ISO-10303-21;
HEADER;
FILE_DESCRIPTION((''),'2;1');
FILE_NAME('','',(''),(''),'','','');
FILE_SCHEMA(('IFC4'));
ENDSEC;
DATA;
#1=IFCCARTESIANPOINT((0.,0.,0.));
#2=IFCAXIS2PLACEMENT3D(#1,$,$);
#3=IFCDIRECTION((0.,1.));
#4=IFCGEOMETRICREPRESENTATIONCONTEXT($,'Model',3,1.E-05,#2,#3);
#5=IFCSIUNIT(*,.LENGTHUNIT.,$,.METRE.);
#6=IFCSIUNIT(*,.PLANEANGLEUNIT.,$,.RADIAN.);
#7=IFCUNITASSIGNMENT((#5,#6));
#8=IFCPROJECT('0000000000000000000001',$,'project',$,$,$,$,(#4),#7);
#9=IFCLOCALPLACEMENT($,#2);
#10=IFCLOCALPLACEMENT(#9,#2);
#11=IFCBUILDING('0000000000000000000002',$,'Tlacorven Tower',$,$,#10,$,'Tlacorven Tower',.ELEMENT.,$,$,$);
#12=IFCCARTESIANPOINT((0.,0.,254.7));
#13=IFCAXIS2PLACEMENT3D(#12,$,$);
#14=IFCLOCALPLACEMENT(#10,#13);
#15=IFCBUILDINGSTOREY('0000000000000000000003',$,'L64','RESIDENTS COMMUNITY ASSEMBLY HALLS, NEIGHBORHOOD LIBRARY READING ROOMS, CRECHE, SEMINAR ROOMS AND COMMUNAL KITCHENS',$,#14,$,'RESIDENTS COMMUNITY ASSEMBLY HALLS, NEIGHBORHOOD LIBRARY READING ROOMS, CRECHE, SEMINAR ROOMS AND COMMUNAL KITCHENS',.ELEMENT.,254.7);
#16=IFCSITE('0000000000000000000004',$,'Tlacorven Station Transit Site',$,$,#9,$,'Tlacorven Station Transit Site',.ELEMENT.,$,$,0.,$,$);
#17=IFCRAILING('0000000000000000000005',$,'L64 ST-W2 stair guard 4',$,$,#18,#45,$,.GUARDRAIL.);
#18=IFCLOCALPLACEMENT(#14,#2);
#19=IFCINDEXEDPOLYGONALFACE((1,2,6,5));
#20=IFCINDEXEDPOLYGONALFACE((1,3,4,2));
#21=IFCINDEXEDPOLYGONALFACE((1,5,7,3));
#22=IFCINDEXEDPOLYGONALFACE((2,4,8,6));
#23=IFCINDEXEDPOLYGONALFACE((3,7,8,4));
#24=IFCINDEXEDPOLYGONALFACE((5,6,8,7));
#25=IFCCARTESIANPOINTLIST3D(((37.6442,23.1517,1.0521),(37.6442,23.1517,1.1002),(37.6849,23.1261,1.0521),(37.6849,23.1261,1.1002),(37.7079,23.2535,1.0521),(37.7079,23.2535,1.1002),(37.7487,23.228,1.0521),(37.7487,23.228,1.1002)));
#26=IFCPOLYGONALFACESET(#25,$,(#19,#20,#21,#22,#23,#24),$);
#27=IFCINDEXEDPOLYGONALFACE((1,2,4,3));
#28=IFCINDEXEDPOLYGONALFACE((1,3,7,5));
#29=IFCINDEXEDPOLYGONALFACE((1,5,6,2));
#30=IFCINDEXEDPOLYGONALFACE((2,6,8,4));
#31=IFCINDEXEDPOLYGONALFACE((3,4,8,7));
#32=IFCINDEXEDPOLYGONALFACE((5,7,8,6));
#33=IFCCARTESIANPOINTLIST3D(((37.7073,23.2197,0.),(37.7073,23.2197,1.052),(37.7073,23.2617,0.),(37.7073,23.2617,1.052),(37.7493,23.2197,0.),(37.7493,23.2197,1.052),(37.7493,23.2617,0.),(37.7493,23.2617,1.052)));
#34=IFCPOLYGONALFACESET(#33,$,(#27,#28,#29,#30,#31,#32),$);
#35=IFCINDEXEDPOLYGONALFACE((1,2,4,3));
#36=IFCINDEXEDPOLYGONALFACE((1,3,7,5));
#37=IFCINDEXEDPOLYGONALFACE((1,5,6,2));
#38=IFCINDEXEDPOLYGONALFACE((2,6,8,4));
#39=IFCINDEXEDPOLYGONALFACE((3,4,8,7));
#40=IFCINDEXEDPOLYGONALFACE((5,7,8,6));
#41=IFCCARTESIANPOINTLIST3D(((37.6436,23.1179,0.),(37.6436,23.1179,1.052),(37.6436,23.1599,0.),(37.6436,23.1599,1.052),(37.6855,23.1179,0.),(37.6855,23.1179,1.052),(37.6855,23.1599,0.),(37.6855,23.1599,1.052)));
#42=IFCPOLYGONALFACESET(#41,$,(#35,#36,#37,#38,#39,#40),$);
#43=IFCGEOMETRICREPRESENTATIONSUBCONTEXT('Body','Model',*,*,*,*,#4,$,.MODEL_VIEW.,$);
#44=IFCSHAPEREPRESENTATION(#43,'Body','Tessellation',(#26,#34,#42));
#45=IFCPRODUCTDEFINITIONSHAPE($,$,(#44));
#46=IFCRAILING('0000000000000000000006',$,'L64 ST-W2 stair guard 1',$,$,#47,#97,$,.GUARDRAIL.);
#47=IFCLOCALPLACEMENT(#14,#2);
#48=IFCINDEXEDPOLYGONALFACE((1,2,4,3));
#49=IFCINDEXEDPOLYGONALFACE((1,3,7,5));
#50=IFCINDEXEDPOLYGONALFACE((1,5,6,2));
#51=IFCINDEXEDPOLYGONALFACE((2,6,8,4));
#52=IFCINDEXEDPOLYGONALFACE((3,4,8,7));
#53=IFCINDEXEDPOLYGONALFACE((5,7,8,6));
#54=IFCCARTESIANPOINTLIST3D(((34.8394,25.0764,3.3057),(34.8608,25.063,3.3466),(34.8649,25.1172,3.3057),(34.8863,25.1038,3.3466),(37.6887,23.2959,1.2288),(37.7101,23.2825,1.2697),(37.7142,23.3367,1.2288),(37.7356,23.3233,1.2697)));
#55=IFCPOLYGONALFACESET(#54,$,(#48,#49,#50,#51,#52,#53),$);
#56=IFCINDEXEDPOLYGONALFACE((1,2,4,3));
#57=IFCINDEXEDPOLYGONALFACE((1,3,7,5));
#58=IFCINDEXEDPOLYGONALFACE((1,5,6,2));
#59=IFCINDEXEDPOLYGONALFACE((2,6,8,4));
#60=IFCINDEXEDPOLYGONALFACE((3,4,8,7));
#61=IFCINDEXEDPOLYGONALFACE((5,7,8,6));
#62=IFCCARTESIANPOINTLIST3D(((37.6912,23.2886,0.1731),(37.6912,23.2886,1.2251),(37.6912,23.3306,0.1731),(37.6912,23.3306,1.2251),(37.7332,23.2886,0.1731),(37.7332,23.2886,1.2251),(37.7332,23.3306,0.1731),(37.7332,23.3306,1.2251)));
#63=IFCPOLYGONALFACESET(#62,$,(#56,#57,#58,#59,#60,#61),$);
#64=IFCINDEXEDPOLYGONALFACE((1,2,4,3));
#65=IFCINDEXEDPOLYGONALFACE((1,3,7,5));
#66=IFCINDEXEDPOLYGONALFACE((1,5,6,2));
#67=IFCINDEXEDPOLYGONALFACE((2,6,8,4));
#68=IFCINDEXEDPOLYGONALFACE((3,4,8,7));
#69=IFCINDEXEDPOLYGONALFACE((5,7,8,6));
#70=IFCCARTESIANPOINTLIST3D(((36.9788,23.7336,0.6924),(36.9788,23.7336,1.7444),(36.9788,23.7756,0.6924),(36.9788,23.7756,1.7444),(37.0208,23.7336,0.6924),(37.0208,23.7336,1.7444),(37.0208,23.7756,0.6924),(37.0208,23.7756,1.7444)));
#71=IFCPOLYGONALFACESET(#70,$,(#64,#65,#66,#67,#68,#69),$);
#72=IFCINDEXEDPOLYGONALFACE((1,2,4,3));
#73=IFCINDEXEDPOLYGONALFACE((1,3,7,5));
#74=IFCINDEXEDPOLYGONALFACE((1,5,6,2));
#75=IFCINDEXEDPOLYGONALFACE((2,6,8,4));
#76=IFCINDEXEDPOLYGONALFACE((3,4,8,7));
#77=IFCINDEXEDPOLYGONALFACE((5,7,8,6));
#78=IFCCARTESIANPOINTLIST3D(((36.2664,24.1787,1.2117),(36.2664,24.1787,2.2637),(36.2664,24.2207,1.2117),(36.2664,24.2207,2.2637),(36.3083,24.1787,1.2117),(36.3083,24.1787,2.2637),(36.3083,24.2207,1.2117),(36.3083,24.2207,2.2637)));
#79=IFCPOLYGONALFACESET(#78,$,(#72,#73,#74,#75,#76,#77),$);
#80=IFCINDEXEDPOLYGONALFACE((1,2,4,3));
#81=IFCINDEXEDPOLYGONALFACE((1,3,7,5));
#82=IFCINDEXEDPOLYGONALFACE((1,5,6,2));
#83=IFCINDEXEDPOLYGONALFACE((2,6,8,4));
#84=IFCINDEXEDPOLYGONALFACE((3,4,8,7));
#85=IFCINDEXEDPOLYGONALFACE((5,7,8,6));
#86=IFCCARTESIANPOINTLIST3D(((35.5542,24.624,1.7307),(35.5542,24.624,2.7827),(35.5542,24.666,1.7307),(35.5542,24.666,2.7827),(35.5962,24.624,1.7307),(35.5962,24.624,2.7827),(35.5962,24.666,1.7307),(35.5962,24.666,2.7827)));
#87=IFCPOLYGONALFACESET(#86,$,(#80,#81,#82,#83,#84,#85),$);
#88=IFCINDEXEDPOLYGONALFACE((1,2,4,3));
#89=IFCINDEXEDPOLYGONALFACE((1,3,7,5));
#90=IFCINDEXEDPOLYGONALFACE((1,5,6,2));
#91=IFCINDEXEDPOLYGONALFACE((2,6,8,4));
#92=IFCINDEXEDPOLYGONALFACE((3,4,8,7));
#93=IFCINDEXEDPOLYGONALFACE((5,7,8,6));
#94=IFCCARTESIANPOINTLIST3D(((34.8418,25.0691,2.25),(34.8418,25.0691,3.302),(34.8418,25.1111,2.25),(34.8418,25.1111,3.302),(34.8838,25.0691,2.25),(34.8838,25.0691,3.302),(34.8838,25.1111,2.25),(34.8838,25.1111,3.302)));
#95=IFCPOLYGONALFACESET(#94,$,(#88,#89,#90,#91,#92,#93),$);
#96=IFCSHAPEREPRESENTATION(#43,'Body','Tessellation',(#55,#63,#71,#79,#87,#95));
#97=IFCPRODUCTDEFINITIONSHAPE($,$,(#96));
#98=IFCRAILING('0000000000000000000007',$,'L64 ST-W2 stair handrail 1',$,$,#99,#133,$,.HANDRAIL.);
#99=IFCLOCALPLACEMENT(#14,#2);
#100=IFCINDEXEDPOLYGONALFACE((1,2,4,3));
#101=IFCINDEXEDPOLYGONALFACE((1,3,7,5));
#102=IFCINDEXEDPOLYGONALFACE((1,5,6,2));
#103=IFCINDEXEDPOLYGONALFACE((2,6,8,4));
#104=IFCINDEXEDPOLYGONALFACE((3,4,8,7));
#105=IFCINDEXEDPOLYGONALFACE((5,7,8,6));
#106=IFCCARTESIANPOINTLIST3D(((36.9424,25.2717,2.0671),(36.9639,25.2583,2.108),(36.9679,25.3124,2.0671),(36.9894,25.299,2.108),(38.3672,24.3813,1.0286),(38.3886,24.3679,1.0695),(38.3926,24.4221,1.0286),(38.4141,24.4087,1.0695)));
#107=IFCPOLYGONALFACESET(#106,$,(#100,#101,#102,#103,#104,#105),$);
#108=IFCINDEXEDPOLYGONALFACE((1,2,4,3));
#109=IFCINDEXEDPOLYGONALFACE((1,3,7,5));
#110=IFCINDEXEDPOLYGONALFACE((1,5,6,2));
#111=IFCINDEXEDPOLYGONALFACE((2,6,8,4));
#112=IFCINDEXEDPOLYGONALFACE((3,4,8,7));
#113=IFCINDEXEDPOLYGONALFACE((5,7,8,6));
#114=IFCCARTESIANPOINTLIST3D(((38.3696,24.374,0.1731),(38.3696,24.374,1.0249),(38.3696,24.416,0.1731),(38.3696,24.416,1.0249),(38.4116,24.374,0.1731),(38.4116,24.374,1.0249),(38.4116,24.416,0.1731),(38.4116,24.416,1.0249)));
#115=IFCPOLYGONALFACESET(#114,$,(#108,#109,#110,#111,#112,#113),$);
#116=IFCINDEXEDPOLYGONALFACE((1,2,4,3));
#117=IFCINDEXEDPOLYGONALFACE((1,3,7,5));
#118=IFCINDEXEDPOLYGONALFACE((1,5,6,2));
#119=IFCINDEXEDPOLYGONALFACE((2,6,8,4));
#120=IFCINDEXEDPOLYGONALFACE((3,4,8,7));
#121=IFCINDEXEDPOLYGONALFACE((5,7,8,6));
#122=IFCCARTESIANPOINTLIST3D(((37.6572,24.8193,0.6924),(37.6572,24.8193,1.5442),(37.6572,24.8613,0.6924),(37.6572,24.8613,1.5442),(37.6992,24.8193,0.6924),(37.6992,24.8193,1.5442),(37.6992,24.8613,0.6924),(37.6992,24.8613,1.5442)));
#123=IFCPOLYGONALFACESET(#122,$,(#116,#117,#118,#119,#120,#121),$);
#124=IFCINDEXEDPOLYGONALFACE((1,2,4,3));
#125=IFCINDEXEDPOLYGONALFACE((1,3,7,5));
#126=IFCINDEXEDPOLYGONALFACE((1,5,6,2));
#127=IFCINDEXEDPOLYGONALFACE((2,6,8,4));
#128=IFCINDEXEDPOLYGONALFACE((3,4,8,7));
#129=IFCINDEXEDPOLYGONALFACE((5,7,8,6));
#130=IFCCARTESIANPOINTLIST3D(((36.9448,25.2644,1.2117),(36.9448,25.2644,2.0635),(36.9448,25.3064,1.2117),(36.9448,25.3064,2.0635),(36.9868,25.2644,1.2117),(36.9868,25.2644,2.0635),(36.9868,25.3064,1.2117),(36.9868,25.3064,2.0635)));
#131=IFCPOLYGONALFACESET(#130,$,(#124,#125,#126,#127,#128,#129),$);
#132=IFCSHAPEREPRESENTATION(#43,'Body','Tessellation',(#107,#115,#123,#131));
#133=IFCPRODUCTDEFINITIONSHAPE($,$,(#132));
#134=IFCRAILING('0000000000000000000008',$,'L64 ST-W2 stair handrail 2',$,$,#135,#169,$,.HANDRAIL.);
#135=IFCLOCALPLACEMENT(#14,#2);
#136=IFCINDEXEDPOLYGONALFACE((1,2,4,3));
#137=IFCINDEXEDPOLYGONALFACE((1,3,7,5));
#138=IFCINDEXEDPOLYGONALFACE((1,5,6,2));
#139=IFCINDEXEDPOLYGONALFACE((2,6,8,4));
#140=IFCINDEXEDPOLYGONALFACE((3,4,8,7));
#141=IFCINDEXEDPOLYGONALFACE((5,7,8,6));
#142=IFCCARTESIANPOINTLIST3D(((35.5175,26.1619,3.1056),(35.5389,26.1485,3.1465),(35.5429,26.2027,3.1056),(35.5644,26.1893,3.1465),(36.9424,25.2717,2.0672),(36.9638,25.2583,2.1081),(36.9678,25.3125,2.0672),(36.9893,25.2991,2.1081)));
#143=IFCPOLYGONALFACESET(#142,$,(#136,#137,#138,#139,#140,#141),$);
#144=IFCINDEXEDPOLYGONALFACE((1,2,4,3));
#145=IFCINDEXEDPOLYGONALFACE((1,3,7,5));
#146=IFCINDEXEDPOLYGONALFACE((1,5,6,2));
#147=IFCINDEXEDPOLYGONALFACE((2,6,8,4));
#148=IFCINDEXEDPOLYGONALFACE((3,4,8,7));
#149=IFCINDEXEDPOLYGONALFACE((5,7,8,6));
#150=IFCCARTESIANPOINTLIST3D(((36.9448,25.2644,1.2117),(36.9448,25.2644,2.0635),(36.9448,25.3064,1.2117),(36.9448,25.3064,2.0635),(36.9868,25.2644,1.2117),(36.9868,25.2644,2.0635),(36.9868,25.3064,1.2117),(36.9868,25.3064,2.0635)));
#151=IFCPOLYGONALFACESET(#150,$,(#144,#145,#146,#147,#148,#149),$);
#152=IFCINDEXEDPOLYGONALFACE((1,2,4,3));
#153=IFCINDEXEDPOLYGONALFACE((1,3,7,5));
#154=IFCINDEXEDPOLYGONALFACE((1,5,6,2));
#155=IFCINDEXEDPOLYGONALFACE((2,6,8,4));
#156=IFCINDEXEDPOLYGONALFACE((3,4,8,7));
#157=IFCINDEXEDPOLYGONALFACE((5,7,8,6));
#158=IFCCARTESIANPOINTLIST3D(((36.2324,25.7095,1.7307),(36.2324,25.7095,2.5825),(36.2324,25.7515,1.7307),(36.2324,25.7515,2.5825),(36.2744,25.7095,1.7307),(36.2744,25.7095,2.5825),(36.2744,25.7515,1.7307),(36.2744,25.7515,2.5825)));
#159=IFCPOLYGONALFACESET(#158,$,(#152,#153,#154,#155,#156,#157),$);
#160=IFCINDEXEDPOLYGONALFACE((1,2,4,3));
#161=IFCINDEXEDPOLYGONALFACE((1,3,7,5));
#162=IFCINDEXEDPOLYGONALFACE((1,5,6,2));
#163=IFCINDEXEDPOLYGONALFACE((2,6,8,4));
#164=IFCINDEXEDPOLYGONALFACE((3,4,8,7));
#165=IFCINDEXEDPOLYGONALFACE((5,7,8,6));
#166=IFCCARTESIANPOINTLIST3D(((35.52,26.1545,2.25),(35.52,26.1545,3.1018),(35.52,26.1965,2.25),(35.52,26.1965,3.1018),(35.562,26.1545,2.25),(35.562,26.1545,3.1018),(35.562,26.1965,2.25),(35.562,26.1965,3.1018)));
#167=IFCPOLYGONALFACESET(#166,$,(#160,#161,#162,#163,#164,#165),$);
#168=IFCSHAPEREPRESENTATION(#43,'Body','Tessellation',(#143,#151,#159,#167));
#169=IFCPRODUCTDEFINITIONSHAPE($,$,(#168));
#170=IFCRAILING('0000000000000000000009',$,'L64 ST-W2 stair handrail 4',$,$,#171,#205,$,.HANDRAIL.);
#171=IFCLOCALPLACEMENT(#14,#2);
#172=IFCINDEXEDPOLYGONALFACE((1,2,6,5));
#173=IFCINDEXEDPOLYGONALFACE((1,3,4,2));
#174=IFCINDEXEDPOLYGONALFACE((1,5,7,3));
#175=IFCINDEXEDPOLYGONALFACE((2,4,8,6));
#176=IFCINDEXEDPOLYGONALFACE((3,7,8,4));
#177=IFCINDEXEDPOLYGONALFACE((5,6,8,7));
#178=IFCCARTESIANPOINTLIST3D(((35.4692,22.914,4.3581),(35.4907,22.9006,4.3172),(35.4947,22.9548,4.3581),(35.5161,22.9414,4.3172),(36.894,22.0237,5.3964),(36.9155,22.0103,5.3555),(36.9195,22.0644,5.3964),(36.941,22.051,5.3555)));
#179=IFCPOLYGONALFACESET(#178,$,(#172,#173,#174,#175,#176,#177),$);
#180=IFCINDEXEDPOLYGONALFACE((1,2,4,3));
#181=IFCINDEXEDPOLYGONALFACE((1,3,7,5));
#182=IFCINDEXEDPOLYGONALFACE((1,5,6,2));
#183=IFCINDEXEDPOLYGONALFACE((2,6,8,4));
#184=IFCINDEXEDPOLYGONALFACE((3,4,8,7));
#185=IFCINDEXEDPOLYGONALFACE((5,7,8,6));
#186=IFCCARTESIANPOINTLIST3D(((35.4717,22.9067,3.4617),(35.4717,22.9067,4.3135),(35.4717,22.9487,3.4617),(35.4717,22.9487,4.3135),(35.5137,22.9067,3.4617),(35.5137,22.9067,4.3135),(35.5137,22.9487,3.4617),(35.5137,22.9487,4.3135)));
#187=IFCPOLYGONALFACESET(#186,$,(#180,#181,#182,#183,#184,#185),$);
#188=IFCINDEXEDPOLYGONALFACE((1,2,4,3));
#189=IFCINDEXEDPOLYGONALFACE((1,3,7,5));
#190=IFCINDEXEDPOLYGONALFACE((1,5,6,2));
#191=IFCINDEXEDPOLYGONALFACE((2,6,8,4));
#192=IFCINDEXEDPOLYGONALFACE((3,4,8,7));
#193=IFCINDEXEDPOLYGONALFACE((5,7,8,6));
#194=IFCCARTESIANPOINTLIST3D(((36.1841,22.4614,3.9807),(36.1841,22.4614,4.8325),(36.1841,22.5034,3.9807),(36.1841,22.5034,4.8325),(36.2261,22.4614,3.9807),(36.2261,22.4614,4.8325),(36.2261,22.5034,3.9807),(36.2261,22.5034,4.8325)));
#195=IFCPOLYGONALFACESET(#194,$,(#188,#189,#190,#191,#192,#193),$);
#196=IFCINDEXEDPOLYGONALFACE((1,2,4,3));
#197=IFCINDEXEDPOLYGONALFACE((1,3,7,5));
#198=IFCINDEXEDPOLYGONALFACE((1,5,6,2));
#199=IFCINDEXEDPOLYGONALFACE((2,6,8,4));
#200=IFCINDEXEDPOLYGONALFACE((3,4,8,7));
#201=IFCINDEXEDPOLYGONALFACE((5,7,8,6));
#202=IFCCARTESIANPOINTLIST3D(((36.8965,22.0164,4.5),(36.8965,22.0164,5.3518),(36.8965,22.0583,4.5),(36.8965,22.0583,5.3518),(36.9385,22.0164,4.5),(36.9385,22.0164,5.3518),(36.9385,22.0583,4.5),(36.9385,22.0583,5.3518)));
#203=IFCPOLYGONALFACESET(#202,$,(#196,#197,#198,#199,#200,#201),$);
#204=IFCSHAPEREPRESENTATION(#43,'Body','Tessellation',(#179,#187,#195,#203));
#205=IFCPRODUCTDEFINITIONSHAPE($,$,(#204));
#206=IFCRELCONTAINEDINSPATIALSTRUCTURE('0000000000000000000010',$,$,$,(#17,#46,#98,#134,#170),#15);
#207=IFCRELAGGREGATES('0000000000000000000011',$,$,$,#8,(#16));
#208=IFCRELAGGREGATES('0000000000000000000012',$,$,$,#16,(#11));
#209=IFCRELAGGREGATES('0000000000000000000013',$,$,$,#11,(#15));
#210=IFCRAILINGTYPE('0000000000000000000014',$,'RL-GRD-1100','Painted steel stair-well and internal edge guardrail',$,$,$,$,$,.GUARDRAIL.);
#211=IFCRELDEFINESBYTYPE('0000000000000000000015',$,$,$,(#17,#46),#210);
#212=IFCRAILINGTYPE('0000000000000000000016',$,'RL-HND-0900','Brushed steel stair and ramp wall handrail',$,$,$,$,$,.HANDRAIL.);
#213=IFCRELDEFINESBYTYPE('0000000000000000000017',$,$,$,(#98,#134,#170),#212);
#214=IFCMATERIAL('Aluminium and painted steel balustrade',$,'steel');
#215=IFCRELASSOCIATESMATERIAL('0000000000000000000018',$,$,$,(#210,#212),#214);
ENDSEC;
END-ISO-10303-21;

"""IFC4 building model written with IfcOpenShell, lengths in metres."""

from ifc_helpers import new_model, si_unit, direction, frame, origin, origin_2d, place, context, subcontext, project, spatial, rectangle, extrude, source, transform, mapped, material, type_object, element, save


model = new_model("IFC4")

# Units and contexts
model_context = context("Model", 3, precision=1e-05, world=origin(), true_north=direction((0.0, 1.0)))
body_context = subcontext(model_context, "Body", "Model", "MODEL_VIEW")
ifc_project = project(units=[si_unit("LENGTHUNIT", "METRE"), si_unit("PLANEANGLEUNIT", "RADIAN")], contexts=[model_context])

# Site, building, storey
site_placement = place(None, origin())
site = spatial("IfcSite", under=ifc_project, at=site_placement, Name="Tlacorven Station Transit Site", LongName="Tlacorven Station Transit Site", CompositionType="ELEMENT", RefElevation=0.0)
building_placement = place(site_placement, origin())
building = spatial("IfcBuilding", under=site, at=building_placement, Name="Tlacorven Tower", LongName="Tlacorven Tower", CompositionType="ELEMENT")
storey_placement = place(building_placement, frame((0.0, 0.0, 254.7)))
storey = spatial("IfcBuildingStorey", under=building, at=storey_placement, Name="L64", Description="RESIDENTS COMMUNITY ASSEMBLY HALLS, NEIGHBORHOOD LIBRARY READING ROOMS, CRECHE, SEMINAR ROOMS AND COMMUNAL KITCHENS", LongName="RESIDENTS COMMUNITY ASSEMBLY HALLS, NEIGHBORHOOD LIBRARY READING ROOMS, CRECHE, SEMINAR ROOMS AND COMMUNAL KITCHENS", CompositionType="ELEMENT", Elevation=254.7)

# Railings
ifc_material_1 = material(Name="Aluminium and painted steel balustrade", Category="steel")
railing_type_1 = type_object("IfcRailingType", Name="RL-GRD-1100", Description="Painted steel stair-well and internal edge guardrail", PredefinedType="GUARDRAIL", material=ifc_material_1)
shared_shape_1 = source(origin(), body_context, "Body", "SweptSolid", [
    extrude(rectangle(XDim=0.0481, YDim=0.0481, at=origin_2d()), frame((0.0, 0.0, 1.0762), z_axis=(-0.530547, -0.847656, 0.0), x_axis=(0.847656, -0.530547, 0.0)), (0.0, 0.0, 1.0), 0.1201),
    extrude(rectangle(XDim=0.042, YDim=0.042, at=origin_2d()), origin(), (0.0, 0.0, 1.0), 1.052),
    extrude(rectangle(XDim=0.042, YDim=0.042, at=origin_2d()), frame((-0.0637, -0.1018, 0.0)), (0.0, 0.0, 1.0), 1.052),
])
for number, where, name in (
    (1, (37.7283, 23.2407, 0.0), "L64 ST-W2 stair guard 4"),
):
    element("IfcRailing", number, at=place(storey_placement, frame(where)), inside=storey, type_object=railing_type_1, Name=name, PredefinedType="GUARDRAIL", context=body_context, shape_type="MappedRepresentation", body=[
        mapped(shared_shape_1, transform((0.0, 0.0, 0.0), scale=1.0)),
    ])
shared_shape_2 = source(origin(), body_context, "Body", "SweptSolid", [
    extrude(rectangle(XDim=0.0481, YDim=0.0481, at=origin_2d()), frame((0.0, 0.0, 1.0762), z_axis=(-0.721355, 0.450762, 0.525796), x_axis=(-0.529927, -0.848043, 0.0)), (0.0, 0.0, 1.0), 3.95),
    extrude(rectangle(XDim=0.042, YDim=0.042, at=origin_2d()), origin(), (0.0, 0.0, 1.0), 1.052),
    extrude(rectangle(XDim=0.042, YDim=0.042, at=origin_2d()), frame((-0.7124, 0.4451, 0.5193)), (0.0, 0.0, 1.0), 1.052),
    extrude(rectangle(XDim=0.042, YDim=0.042, at=origin_2d()), frame((-1.4248, 0.8901, 1.0386)), (0.0, 0.0, 1.0), 1.052),
    extrude(rectangle(XDim=0.042, YDim=0.042, at=origin_2d()), frame((-2.137, 1.3354, 1.5576)), (0.0, 0.0, 1.0), 1.052),
    extrude(rectangle(XDim=0.042, YDim=0.042, at=origin_2d()), frame((-2.8494, 1.7805, 2.0769)), (0.0, 0.0, 1.0), 1.052),
])
railing_1_placement = place(storey_placement, frame((37.7122, 23.3096, 0.1731)))
element("IfcRailing", 2, at=railing_1_placement, inside=storey, type_object=railing_type_1, Name="L64 ST-W2 stair guard 1", PredefinedType="GUARDRAIL", context=body_context, shape_type="MappedRepresentation", body=[
    mapped(shared_shape_2, transform((0.0, 0.0, 0.0), scale=1.0)),
])
railing_type_2 = type_object("IfcRailingType", Name="RL-HND-0900", Description="Brushed steel stair and ramp wall handrail", PredefinedType="HANDRAIL", material=ifc_material_1)
shared_shape_3 = source(origin(), body_context, "Body", "SweptSolid", [
    extrude(rectangle(XDim=0.0481, YDim=0.0481, at=origin_2d()), frame((0.0, 0.0, 0.876), z_axis=(-0.721341, 0.450776, 0.525803), x_axis=(-0.529947, -0.848031, 0.0)), (0.0, 0.0, 1.0), 1.9751),
    extrude(rectangle(XDim=0.042, YDim=0.042, at=origin_2d()), origin(), (0.0, 0.0, 1.0), 0.8518),
    extrude(rectangle(XDim=0.042, YDim=0.042, at=origin_2d()), frame((-0.7124, 0.4453, 0.5193)), (0.0, 0.0, 1.0), 0.8518),
    extrude(rectangle(XDim=0.042, YDim=0.042, at=origin_2d()), frame((-1.4248, 0.8904, 1.0386)), (0.0, 0.0, 1.0), 0.8518),
])
railing_2_placement = place(storey_placement, frame((38.3906, 24.395, 0.1731)))
element("IfcRailing", 3, at=railing_2_placement, inside=storey, type_object=railing_type_2, Name="L64 ST-W2 stair handrail 1", PredefinedType="HANDRAIL", context=body_context, shape_type="MappedRepresentation", body=[
    mapped(shared_shape_3, transform((0.0, 0.0, 0.0), scale=1.0)),
])
shared_shape_4 = source(origin(), body_context, "Body", "SweptSolid", [
    extrude(rectangle(XDim=0.0481, YDim=0.0481, at=origin_2d()), frame((0.0, 0.0, 0.876), z_axis=(-0.721428, 0.450707, 0.525742), x_axis=(-0.529842, -0.848096, 0.0)), (0.0, 0.0, 1.0), 1.9751),
    extrude(rectangle(XDim=0.042, YDim=0.042, at=origin_2d()), origin(), (0.0, 0.0, 1.0), 0.8518),
    extrude(rectangle(XDim=0.042, YDim=0.042, at=origin_2d()), frame((-0.7124, 0.4451, 0.519)), (0.0, 0.0, 1.0), 0.8518),
    extrude(rectangle(XDim=0.042, YDim=0.042, at=origin_2d()), frame((-1.4248, 0.8901, 1.0383)), (0.0, 0.0, 1.0), 0.8518),
])
railing_3_placement = place(storey_placement, frame((36.9658, 25.2854, 1.2117)))
element("IfcRailing", 4, at=railing_3_placement, inside=storey, type_object=railing_type_2, Name="L64 ST-W2 stair handrail 2", PredefinedType="HANDRAIL", context=body_context, shape_type="MappedRepresentation", body=[
    mapped(shared_shape_4, transform((0.0, 0.0, 0.0), scale=1.0)),
])
shared_shape_5 = source(origin(), body_context, "Body", "SweptSolid", [
    extrude(rectangle(XDim=0.0481, YDim=0.0481, at=origin_2d()), frame((0.0, 0.0, 0.876), z_axis=(0.721388, -0.450805, 0.525713), x_axis=(0.529947, 0.848031, 0.0)), (0.0, 0.0, 1.0), 1.9751),
    extrude(rectangle(XDim=0.042, YDim=0.042, at=origin_2d()), origin(), (0.0, 0.0, 1.0), 0.8518),
    extrude(rectangle(XDim=0.042, YDim=0.042, at=origin_2d()), frame((0.7124, -0.4453, 0.519)), (0.0, 0.0, 1.0), 0.8518),
    extrude(rectangle(XDim=0.042, YDim=0.042, at=origin_2d()), frame((1.4248, -0.8904, 1.0383)), (0.0, 0.0, 1.0), 0.8518),
])
railing_4_placement = place(storey_placement, frame((35.4927, 22.9277, 3.4617)))
element("IfcRailing", 5, at=railing_4_placement, inside=storey, type_object=railing_type_2, Name="L64 ST-W2 stair handrail 4", PredefinedType="HANDRAIL", context=body_context, shape_type="MappedRepresentation", body=[
    mapped(shared_shape_5, transform((0.0, 0.0, 0.0), scale=1.0)),
])

save(model, "model.ifc")
